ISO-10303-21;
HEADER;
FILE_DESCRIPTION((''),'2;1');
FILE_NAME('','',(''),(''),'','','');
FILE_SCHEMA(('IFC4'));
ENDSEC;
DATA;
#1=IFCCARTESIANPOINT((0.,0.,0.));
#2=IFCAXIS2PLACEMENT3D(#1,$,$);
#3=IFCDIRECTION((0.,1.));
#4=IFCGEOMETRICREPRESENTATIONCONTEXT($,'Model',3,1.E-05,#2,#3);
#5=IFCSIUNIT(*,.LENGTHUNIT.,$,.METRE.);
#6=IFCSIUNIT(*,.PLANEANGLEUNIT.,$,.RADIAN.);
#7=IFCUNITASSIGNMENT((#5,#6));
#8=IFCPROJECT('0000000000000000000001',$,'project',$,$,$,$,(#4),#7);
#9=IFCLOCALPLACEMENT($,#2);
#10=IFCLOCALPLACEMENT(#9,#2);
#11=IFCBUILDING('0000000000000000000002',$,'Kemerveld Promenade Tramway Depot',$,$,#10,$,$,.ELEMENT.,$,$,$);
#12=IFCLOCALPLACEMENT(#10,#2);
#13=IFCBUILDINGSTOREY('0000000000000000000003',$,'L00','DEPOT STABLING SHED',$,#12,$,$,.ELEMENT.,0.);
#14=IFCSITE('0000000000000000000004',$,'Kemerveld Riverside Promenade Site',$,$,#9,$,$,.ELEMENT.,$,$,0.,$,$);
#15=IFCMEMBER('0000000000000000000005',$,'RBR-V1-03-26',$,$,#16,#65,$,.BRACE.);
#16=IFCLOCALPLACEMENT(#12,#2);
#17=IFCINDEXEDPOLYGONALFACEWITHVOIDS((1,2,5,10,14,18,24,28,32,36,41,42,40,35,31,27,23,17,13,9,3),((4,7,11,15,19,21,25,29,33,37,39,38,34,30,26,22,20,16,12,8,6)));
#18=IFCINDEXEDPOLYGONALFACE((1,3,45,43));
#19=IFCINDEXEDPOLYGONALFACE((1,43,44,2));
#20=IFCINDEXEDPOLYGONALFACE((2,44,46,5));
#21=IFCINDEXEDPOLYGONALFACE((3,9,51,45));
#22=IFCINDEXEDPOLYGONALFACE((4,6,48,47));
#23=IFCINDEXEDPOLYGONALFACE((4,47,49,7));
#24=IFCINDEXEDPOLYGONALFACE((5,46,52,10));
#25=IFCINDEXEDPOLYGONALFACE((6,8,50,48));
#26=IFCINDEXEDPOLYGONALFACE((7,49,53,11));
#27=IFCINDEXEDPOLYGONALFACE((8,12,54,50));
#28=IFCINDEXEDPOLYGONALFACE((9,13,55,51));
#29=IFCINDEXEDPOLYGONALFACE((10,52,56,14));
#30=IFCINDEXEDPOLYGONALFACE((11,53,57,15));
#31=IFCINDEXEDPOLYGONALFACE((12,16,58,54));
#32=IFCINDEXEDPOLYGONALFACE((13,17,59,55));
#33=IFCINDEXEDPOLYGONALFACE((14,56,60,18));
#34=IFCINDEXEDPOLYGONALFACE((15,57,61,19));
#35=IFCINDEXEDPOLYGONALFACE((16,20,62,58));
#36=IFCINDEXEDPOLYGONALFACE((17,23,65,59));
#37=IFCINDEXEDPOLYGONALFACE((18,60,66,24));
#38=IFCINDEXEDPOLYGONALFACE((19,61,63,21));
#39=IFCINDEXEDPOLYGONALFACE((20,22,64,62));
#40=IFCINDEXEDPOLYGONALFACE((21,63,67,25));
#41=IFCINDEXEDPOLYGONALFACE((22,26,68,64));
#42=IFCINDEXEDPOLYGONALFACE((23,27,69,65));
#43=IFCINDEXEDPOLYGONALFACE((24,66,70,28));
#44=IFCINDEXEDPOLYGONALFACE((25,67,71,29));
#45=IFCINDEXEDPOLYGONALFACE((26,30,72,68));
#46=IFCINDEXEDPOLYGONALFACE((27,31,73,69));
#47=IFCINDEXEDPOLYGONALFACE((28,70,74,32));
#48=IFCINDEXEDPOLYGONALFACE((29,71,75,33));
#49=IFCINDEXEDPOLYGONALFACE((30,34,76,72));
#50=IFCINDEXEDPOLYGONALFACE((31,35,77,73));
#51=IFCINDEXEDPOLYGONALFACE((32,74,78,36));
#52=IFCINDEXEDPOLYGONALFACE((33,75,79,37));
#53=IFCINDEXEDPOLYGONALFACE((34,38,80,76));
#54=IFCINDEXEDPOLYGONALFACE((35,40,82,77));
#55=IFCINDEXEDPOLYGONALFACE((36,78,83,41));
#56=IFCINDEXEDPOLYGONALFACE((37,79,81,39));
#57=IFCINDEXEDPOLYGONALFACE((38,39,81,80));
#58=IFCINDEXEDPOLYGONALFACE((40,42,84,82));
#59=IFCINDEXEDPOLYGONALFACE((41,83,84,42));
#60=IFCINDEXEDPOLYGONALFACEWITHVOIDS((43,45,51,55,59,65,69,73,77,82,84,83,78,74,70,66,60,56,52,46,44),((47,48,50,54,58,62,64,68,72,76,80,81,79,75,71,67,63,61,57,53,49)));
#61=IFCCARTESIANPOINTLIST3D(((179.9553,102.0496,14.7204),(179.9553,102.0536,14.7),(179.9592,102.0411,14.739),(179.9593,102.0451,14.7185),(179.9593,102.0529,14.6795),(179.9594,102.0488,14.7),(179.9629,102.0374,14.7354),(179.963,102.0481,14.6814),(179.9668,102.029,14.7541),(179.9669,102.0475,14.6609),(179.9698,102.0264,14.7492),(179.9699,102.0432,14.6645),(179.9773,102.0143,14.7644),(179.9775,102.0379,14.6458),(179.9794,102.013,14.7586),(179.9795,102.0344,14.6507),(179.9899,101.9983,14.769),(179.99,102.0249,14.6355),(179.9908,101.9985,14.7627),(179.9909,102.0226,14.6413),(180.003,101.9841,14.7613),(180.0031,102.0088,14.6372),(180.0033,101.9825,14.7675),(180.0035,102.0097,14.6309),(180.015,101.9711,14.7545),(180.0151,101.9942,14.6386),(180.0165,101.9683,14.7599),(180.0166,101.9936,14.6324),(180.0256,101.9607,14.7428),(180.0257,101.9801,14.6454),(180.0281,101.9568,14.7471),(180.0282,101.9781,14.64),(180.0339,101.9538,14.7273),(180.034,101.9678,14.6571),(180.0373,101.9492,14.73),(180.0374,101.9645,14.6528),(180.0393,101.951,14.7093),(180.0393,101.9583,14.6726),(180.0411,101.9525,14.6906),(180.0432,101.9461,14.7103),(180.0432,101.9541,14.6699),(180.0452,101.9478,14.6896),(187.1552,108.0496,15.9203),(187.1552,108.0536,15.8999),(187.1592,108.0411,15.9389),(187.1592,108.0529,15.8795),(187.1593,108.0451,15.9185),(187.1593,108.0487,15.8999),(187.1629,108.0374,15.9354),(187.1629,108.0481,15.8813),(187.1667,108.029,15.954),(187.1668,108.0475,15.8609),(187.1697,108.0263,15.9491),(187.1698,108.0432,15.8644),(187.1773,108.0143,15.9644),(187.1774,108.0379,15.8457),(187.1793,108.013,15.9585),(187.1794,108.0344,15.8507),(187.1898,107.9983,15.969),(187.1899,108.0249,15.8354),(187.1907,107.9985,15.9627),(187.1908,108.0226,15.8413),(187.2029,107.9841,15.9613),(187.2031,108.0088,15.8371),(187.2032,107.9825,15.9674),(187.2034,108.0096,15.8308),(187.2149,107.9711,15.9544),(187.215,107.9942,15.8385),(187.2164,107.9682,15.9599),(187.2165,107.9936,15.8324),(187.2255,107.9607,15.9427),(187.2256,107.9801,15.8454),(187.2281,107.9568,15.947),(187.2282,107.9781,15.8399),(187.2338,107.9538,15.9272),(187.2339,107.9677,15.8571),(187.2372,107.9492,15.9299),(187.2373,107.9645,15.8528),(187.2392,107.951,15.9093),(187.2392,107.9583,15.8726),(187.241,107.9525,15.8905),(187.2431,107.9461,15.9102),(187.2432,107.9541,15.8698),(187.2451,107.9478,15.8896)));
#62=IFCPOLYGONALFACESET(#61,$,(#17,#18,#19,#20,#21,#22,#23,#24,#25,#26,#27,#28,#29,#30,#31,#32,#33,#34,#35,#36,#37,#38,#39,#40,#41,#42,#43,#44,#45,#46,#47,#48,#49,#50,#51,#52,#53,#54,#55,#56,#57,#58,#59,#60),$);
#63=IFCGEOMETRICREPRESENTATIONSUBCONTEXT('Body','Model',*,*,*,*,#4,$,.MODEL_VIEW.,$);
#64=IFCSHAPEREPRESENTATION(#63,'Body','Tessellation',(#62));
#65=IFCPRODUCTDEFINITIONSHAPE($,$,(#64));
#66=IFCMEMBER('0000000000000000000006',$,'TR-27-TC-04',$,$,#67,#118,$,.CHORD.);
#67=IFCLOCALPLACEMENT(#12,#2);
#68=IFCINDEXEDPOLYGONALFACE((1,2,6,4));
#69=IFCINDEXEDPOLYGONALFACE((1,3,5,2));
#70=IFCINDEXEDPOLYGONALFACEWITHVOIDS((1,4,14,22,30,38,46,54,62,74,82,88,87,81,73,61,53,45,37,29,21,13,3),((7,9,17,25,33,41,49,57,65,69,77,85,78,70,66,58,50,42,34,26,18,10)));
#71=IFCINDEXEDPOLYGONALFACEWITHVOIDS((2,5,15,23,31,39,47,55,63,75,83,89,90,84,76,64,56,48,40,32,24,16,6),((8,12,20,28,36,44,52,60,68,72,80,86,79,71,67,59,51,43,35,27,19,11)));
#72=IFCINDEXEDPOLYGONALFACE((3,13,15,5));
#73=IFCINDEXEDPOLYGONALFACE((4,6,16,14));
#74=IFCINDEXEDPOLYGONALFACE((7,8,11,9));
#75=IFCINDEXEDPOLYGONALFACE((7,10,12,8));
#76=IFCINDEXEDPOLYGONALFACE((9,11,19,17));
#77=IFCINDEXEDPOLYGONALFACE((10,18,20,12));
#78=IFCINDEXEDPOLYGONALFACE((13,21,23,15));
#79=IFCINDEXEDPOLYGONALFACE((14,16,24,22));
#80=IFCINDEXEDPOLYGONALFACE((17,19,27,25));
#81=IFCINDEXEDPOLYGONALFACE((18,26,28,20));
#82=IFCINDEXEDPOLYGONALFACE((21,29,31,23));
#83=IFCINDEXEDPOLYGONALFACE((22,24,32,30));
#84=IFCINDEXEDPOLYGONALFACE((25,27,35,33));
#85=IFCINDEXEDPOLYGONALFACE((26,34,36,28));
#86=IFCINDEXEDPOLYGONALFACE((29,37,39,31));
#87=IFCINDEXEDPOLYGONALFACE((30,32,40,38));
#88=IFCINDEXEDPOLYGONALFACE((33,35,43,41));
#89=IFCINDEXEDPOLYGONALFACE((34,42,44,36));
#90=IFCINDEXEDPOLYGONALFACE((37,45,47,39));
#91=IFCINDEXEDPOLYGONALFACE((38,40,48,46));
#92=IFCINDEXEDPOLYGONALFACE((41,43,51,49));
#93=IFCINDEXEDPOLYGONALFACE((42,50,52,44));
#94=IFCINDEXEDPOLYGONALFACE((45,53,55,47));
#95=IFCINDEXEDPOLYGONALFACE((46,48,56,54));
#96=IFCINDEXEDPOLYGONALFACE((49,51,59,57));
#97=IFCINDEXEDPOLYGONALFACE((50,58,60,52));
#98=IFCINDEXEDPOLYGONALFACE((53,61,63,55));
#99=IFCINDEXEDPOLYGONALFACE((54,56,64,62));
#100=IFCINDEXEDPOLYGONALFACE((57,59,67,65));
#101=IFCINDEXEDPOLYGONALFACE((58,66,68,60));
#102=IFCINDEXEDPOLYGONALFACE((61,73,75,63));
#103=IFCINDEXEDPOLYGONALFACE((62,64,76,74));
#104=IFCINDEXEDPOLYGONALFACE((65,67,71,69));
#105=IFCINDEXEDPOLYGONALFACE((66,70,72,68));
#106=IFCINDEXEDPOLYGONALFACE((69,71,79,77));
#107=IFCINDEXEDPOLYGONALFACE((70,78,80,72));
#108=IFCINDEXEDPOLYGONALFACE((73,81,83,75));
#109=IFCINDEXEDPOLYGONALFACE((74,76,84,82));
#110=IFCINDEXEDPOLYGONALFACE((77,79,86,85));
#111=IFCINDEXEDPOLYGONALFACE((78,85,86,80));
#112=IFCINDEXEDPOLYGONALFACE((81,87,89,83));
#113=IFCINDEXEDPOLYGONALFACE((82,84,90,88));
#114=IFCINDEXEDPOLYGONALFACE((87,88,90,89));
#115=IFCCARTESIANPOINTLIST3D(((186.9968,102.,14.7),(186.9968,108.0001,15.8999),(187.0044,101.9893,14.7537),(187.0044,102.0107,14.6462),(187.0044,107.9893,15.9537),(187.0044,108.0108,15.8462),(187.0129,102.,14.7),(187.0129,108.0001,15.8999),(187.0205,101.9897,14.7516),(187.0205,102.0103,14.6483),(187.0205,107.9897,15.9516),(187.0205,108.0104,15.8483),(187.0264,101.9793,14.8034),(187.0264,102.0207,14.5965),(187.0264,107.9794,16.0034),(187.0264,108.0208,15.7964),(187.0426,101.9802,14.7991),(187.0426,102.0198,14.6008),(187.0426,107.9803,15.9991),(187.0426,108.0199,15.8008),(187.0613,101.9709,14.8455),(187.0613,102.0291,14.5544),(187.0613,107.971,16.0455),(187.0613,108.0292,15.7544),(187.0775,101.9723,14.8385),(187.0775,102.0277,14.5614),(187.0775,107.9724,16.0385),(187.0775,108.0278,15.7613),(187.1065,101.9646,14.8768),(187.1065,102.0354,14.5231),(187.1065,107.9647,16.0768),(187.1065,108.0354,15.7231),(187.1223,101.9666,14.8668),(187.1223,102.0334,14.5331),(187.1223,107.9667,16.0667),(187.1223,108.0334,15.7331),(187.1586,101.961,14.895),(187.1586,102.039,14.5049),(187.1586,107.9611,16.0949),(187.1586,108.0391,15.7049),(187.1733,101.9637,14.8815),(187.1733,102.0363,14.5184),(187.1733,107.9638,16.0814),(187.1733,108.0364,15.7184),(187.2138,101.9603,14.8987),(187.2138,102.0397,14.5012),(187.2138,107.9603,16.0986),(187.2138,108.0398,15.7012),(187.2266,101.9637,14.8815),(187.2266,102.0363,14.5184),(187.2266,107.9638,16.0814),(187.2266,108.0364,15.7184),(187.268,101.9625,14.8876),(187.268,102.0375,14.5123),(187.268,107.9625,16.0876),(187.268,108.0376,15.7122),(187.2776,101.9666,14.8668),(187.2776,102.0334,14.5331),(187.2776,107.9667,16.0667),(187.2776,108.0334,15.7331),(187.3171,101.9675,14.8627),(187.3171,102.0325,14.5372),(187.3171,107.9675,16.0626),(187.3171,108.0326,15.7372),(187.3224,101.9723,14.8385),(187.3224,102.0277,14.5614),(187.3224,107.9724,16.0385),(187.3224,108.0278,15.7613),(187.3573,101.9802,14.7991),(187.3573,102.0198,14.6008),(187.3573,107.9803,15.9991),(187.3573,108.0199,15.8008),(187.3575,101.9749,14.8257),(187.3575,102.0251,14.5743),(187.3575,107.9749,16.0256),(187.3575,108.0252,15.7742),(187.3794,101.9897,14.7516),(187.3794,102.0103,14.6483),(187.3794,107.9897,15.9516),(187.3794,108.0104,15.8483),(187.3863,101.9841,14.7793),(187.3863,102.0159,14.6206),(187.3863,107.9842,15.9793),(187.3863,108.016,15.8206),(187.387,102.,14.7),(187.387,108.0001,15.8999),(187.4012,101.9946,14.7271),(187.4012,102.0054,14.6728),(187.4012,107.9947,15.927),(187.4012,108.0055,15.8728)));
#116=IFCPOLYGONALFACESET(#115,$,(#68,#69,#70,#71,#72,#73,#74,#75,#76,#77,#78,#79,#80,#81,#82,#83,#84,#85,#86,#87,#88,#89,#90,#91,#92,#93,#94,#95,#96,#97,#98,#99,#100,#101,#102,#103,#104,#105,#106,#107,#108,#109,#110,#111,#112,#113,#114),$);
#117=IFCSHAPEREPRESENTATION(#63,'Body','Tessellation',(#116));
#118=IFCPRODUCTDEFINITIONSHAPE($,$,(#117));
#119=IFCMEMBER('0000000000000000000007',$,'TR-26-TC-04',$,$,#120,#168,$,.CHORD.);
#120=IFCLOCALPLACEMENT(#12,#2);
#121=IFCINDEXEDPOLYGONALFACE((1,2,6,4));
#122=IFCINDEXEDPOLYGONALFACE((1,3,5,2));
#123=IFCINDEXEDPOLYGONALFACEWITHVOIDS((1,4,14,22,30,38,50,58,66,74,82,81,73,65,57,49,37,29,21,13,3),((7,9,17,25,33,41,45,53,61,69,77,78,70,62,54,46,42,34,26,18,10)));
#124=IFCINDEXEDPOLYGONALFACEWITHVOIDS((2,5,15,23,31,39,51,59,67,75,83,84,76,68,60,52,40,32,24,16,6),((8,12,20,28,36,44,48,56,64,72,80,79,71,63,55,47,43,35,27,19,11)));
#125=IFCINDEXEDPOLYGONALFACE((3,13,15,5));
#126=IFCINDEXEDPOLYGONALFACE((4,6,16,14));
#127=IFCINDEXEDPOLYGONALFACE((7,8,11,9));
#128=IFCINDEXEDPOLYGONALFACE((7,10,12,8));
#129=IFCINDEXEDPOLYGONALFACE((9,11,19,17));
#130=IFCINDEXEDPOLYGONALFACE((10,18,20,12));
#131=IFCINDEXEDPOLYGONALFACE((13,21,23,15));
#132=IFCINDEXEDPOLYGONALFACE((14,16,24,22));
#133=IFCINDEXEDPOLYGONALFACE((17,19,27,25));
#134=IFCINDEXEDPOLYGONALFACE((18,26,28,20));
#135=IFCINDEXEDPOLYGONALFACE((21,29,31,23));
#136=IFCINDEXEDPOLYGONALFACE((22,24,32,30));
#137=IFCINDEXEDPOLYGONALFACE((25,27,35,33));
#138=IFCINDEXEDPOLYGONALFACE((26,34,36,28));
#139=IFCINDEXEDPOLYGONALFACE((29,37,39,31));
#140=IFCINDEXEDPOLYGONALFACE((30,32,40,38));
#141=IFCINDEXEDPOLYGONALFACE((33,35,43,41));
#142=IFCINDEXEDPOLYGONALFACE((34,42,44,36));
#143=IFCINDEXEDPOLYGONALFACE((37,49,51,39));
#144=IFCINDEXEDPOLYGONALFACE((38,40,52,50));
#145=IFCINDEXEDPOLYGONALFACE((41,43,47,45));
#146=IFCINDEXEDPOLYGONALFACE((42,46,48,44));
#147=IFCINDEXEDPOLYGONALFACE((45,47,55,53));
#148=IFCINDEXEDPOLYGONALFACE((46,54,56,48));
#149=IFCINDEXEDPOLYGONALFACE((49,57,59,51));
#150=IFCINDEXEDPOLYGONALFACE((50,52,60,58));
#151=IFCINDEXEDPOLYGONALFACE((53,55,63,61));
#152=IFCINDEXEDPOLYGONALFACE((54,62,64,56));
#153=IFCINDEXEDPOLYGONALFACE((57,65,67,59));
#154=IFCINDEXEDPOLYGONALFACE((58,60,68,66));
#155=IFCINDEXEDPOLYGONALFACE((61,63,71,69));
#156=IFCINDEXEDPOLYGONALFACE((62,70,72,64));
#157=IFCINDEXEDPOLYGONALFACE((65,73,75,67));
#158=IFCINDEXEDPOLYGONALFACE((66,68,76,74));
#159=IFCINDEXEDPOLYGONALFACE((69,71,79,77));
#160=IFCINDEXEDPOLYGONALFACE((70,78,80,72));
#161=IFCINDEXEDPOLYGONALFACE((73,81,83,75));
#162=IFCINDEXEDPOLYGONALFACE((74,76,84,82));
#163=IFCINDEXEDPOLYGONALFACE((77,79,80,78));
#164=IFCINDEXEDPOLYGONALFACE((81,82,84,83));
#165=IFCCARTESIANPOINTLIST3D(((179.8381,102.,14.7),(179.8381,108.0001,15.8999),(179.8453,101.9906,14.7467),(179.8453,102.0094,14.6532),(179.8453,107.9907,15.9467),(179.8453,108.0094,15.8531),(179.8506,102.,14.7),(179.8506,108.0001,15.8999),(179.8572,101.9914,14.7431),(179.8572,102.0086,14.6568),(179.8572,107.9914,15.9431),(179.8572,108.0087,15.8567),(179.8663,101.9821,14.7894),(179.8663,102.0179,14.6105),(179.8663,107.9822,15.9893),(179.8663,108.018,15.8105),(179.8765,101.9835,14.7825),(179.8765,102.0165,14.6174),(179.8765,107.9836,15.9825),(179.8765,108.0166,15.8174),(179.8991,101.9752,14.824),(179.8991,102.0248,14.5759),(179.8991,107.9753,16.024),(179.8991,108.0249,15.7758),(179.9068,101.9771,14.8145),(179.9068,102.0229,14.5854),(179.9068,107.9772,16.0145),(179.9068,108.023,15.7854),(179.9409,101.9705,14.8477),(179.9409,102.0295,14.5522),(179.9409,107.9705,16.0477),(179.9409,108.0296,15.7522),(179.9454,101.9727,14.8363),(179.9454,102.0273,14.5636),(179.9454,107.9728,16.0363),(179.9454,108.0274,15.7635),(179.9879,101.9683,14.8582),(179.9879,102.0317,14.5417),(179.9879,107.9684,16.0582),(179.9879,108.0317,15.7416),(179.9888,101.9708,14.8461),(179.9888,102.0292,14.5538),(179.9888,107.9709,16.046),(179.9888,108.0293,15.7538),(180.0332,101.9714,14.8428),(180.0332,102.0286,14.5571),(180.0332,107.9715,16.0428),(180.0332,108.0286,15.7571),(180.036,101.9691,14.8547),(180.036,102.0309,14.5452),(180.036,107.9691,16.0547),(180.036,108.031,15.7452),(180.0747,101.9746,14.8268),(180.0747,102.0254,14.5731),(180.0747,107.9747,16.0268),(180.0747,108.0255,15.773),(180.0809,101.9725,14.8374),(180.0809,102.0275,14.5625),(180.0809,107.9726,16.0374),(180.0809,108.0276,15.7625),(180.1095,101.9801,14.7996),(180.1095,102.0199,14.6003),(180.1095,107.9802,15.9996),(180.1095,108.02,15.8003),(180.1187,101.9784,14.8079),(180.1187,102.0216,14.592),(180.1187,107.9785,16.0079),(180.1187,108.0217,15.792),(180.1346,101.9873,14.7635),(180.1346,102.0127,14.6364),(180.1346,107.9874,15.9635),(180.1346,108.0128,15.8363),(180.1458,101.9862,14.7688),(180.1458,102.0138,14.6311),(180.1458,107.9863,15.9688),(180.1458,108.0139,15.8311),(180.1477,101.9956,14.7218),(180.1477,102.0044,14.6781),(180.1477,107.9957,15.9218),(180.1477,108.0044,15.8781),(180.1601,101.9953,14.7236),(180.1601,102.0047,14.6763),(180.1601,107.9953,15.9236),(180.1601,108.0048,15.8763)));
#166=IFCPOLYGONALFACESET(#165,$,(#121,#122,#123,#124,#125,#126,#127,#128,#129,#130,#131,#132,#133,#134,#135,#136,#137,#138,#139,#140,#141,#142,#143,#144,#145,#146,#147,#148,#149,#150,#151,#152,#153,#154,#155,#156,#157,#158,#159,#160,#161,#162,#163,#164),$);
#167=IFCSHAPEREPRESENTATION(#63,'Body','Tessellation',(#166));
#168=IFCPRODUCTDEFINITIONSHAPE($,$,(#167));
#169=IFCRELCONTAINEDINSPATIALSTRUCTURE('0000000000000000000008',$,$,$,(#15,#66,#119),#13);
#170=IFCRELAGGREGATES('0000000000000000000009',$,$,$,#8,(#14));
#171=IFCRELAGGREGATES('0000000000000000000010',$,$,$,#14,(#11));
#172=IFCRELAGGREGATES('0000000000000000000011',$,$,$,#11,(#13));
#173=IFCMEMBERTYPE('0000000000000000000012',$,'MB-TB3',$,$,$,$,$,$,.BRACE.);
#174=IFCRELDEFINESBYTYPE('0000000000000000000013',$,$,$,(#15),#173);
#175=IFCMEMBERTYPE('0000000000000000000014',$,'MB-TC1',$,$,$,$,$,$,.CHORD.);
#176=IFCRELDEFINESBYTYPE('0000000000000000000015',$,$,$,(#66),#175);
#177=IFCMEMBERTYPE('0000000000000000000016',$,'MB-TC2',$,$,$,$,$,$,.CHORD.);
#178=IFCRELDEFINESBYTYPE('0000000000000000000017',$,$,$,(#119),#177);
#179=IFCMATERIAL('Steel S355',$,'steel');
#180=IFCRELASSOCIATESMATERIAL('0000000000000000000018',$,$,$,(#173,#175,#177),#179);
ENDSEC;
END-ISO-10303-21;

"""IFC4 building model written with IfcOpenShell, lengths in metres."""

from ifc_helpers import new_model, si_unit, direction, frame, origin, origin_2d, place, context, subcontext, project, spatial, hollow_circle, extrude, material, material_profile, profile_set, type_object, element, save


model = new_model("IFC4")

# Units and contexts
model_context = context("Model", 3, precision=1e-05, world=origin(), true_north=direction((0.0, 1.0)))
body_context = subcontext(model_context, "Body", "Model", "MODEL_VIEW")
ifc_project = project(units=[si_unit("LENGTHUNIT", "METRE"), si_unit("PLANEANGLEUNIT", "RADIAN")], contexts=[model_context])

# Site, building, storey
site_placement = place(None, origin())
site = spatial("IfcSite", under=ifc_project, at=site_placement, Name="Kemerveld Riverside Promenade Site", CompositionType="ELEMENT", RefElevation=0.0)
building_placement = place(site_placement, origin())
building = spatial("IfcBuilding", under=site, at=building_placement, Name="Kemerveld Promenade Tramway Depot", CompositionType="ELEMENT")
storey_placement = place(building_placement, origin())
storey = spatial("IfcBuildingStorey", under=building, at=storey_placement, Name="L00", Description="DEPOT STABLING SHED", CompositionType="ELEMENT", Elevation=0.0)

# Members
ifc_material_1 = material(Name="Steel S355", Category="steel")
ifc_material_profile_1 = material_profile(ifc_material_1, hollow_circle(Radius=0.0698, WallThickness=0.0063, at=origin_2d()), Name="139.7x6.3 CHS")
ifc_profile_set_1 = profile_set([ifc_material_profile_1], Name="Steel S355")
member_type_1 = type_object("IfcMemberType", Name="MB-TB3", PredefinedType="BRACE", material=ifc_profile_set_1)
member_1_placement = place(storey_placement, frame((180.0, 102.0, 14.7), z_axis=(0.761999, 0.635004, 0.126996), x_axis=(-0.640187, 0.768219, 0.0)))
element("IfcMember", 1, at=member_1_placement, inside=storey, type_object=member_type_1, Name="RBR-V1-03-26", PredefinedType="BRACE", context=body_context, shape_type="SweptSolid", body=[
    extrude(hollow_circle(Radius=0.0698, WallThickness=0.0063, at=origin_2d()), origin(), (0.0, 0.0, 1.0), 9.4487),
])
ifc_material_profile_2 = material_profile(ifc_material_1, hollow_circle(Radius=0.2031, WallThickness=0.0161, at=origin_2d()), Name="406.4x16.0 CHS")
ifc_profile_set_2 = profile_set([ifc_material_profile_2], Name="Steel S355")
member_type_2 = type_object("IfcMemberType", Name="MB-TC1", PredefinedType="CHORD", material=ifc_profile_set_2)
member_2_placement = place(storey_placement, frame((187.2, 102.0, 14.7), z_axis=(0.0, 0.980582, 0.196108), x_axis=(-1.0, 0.0, 0.0)))
element("IfcMember", 2, at=member_2_placement, inside=storey, type_object=member_type_2, Name="TR-27-TC-04", PredefinedType="CHORD", context=body_context, shape_type="SweptSolid", body=[
    extrude(hollow_circle(Radius=0.2031, WallThickness=0.0161, at=origin_2d()), origin(), (0.0, 0.0, 1.0), 6.1189),
])
ifc_material_profile_3 = material_profile(ifc_material_1, hollow_circle(Radius=0.1619, WallThickness=0.0125, at=origin_2d()), Name="323.9x12.5 CHS")
ifc_profile_set_3 = profile_set([ifc_material_profile_3], Name="Steel S355")
member_type_3 = type_object("IfcMemberType", Name="MB-TC2", PredefinedType="CHORD", material=ifc_profile_set_3)
member_3_placement = place(storey_placement, frame((180.0, 102.0, 14.7), z_axis=(0.0, 0.980582, 0.196108), x_axis=(-1.0, 0.0, 0.0)))
element("IfcMember", 3, at=member_3_placement, inside=storey, type_object=member_type_3, Name="TR-26-TC-04", PredefinedType="CHORD", context=body_context, shape_type="SweptSolid", body=[
    extrude(hollow_circle(Radius=0.1619, WallThickness=0.0125, at=origin_2d()), origin(), (0.0, 0.0, 1.0), 6.1189),
])

save(model, "model.ifc")
